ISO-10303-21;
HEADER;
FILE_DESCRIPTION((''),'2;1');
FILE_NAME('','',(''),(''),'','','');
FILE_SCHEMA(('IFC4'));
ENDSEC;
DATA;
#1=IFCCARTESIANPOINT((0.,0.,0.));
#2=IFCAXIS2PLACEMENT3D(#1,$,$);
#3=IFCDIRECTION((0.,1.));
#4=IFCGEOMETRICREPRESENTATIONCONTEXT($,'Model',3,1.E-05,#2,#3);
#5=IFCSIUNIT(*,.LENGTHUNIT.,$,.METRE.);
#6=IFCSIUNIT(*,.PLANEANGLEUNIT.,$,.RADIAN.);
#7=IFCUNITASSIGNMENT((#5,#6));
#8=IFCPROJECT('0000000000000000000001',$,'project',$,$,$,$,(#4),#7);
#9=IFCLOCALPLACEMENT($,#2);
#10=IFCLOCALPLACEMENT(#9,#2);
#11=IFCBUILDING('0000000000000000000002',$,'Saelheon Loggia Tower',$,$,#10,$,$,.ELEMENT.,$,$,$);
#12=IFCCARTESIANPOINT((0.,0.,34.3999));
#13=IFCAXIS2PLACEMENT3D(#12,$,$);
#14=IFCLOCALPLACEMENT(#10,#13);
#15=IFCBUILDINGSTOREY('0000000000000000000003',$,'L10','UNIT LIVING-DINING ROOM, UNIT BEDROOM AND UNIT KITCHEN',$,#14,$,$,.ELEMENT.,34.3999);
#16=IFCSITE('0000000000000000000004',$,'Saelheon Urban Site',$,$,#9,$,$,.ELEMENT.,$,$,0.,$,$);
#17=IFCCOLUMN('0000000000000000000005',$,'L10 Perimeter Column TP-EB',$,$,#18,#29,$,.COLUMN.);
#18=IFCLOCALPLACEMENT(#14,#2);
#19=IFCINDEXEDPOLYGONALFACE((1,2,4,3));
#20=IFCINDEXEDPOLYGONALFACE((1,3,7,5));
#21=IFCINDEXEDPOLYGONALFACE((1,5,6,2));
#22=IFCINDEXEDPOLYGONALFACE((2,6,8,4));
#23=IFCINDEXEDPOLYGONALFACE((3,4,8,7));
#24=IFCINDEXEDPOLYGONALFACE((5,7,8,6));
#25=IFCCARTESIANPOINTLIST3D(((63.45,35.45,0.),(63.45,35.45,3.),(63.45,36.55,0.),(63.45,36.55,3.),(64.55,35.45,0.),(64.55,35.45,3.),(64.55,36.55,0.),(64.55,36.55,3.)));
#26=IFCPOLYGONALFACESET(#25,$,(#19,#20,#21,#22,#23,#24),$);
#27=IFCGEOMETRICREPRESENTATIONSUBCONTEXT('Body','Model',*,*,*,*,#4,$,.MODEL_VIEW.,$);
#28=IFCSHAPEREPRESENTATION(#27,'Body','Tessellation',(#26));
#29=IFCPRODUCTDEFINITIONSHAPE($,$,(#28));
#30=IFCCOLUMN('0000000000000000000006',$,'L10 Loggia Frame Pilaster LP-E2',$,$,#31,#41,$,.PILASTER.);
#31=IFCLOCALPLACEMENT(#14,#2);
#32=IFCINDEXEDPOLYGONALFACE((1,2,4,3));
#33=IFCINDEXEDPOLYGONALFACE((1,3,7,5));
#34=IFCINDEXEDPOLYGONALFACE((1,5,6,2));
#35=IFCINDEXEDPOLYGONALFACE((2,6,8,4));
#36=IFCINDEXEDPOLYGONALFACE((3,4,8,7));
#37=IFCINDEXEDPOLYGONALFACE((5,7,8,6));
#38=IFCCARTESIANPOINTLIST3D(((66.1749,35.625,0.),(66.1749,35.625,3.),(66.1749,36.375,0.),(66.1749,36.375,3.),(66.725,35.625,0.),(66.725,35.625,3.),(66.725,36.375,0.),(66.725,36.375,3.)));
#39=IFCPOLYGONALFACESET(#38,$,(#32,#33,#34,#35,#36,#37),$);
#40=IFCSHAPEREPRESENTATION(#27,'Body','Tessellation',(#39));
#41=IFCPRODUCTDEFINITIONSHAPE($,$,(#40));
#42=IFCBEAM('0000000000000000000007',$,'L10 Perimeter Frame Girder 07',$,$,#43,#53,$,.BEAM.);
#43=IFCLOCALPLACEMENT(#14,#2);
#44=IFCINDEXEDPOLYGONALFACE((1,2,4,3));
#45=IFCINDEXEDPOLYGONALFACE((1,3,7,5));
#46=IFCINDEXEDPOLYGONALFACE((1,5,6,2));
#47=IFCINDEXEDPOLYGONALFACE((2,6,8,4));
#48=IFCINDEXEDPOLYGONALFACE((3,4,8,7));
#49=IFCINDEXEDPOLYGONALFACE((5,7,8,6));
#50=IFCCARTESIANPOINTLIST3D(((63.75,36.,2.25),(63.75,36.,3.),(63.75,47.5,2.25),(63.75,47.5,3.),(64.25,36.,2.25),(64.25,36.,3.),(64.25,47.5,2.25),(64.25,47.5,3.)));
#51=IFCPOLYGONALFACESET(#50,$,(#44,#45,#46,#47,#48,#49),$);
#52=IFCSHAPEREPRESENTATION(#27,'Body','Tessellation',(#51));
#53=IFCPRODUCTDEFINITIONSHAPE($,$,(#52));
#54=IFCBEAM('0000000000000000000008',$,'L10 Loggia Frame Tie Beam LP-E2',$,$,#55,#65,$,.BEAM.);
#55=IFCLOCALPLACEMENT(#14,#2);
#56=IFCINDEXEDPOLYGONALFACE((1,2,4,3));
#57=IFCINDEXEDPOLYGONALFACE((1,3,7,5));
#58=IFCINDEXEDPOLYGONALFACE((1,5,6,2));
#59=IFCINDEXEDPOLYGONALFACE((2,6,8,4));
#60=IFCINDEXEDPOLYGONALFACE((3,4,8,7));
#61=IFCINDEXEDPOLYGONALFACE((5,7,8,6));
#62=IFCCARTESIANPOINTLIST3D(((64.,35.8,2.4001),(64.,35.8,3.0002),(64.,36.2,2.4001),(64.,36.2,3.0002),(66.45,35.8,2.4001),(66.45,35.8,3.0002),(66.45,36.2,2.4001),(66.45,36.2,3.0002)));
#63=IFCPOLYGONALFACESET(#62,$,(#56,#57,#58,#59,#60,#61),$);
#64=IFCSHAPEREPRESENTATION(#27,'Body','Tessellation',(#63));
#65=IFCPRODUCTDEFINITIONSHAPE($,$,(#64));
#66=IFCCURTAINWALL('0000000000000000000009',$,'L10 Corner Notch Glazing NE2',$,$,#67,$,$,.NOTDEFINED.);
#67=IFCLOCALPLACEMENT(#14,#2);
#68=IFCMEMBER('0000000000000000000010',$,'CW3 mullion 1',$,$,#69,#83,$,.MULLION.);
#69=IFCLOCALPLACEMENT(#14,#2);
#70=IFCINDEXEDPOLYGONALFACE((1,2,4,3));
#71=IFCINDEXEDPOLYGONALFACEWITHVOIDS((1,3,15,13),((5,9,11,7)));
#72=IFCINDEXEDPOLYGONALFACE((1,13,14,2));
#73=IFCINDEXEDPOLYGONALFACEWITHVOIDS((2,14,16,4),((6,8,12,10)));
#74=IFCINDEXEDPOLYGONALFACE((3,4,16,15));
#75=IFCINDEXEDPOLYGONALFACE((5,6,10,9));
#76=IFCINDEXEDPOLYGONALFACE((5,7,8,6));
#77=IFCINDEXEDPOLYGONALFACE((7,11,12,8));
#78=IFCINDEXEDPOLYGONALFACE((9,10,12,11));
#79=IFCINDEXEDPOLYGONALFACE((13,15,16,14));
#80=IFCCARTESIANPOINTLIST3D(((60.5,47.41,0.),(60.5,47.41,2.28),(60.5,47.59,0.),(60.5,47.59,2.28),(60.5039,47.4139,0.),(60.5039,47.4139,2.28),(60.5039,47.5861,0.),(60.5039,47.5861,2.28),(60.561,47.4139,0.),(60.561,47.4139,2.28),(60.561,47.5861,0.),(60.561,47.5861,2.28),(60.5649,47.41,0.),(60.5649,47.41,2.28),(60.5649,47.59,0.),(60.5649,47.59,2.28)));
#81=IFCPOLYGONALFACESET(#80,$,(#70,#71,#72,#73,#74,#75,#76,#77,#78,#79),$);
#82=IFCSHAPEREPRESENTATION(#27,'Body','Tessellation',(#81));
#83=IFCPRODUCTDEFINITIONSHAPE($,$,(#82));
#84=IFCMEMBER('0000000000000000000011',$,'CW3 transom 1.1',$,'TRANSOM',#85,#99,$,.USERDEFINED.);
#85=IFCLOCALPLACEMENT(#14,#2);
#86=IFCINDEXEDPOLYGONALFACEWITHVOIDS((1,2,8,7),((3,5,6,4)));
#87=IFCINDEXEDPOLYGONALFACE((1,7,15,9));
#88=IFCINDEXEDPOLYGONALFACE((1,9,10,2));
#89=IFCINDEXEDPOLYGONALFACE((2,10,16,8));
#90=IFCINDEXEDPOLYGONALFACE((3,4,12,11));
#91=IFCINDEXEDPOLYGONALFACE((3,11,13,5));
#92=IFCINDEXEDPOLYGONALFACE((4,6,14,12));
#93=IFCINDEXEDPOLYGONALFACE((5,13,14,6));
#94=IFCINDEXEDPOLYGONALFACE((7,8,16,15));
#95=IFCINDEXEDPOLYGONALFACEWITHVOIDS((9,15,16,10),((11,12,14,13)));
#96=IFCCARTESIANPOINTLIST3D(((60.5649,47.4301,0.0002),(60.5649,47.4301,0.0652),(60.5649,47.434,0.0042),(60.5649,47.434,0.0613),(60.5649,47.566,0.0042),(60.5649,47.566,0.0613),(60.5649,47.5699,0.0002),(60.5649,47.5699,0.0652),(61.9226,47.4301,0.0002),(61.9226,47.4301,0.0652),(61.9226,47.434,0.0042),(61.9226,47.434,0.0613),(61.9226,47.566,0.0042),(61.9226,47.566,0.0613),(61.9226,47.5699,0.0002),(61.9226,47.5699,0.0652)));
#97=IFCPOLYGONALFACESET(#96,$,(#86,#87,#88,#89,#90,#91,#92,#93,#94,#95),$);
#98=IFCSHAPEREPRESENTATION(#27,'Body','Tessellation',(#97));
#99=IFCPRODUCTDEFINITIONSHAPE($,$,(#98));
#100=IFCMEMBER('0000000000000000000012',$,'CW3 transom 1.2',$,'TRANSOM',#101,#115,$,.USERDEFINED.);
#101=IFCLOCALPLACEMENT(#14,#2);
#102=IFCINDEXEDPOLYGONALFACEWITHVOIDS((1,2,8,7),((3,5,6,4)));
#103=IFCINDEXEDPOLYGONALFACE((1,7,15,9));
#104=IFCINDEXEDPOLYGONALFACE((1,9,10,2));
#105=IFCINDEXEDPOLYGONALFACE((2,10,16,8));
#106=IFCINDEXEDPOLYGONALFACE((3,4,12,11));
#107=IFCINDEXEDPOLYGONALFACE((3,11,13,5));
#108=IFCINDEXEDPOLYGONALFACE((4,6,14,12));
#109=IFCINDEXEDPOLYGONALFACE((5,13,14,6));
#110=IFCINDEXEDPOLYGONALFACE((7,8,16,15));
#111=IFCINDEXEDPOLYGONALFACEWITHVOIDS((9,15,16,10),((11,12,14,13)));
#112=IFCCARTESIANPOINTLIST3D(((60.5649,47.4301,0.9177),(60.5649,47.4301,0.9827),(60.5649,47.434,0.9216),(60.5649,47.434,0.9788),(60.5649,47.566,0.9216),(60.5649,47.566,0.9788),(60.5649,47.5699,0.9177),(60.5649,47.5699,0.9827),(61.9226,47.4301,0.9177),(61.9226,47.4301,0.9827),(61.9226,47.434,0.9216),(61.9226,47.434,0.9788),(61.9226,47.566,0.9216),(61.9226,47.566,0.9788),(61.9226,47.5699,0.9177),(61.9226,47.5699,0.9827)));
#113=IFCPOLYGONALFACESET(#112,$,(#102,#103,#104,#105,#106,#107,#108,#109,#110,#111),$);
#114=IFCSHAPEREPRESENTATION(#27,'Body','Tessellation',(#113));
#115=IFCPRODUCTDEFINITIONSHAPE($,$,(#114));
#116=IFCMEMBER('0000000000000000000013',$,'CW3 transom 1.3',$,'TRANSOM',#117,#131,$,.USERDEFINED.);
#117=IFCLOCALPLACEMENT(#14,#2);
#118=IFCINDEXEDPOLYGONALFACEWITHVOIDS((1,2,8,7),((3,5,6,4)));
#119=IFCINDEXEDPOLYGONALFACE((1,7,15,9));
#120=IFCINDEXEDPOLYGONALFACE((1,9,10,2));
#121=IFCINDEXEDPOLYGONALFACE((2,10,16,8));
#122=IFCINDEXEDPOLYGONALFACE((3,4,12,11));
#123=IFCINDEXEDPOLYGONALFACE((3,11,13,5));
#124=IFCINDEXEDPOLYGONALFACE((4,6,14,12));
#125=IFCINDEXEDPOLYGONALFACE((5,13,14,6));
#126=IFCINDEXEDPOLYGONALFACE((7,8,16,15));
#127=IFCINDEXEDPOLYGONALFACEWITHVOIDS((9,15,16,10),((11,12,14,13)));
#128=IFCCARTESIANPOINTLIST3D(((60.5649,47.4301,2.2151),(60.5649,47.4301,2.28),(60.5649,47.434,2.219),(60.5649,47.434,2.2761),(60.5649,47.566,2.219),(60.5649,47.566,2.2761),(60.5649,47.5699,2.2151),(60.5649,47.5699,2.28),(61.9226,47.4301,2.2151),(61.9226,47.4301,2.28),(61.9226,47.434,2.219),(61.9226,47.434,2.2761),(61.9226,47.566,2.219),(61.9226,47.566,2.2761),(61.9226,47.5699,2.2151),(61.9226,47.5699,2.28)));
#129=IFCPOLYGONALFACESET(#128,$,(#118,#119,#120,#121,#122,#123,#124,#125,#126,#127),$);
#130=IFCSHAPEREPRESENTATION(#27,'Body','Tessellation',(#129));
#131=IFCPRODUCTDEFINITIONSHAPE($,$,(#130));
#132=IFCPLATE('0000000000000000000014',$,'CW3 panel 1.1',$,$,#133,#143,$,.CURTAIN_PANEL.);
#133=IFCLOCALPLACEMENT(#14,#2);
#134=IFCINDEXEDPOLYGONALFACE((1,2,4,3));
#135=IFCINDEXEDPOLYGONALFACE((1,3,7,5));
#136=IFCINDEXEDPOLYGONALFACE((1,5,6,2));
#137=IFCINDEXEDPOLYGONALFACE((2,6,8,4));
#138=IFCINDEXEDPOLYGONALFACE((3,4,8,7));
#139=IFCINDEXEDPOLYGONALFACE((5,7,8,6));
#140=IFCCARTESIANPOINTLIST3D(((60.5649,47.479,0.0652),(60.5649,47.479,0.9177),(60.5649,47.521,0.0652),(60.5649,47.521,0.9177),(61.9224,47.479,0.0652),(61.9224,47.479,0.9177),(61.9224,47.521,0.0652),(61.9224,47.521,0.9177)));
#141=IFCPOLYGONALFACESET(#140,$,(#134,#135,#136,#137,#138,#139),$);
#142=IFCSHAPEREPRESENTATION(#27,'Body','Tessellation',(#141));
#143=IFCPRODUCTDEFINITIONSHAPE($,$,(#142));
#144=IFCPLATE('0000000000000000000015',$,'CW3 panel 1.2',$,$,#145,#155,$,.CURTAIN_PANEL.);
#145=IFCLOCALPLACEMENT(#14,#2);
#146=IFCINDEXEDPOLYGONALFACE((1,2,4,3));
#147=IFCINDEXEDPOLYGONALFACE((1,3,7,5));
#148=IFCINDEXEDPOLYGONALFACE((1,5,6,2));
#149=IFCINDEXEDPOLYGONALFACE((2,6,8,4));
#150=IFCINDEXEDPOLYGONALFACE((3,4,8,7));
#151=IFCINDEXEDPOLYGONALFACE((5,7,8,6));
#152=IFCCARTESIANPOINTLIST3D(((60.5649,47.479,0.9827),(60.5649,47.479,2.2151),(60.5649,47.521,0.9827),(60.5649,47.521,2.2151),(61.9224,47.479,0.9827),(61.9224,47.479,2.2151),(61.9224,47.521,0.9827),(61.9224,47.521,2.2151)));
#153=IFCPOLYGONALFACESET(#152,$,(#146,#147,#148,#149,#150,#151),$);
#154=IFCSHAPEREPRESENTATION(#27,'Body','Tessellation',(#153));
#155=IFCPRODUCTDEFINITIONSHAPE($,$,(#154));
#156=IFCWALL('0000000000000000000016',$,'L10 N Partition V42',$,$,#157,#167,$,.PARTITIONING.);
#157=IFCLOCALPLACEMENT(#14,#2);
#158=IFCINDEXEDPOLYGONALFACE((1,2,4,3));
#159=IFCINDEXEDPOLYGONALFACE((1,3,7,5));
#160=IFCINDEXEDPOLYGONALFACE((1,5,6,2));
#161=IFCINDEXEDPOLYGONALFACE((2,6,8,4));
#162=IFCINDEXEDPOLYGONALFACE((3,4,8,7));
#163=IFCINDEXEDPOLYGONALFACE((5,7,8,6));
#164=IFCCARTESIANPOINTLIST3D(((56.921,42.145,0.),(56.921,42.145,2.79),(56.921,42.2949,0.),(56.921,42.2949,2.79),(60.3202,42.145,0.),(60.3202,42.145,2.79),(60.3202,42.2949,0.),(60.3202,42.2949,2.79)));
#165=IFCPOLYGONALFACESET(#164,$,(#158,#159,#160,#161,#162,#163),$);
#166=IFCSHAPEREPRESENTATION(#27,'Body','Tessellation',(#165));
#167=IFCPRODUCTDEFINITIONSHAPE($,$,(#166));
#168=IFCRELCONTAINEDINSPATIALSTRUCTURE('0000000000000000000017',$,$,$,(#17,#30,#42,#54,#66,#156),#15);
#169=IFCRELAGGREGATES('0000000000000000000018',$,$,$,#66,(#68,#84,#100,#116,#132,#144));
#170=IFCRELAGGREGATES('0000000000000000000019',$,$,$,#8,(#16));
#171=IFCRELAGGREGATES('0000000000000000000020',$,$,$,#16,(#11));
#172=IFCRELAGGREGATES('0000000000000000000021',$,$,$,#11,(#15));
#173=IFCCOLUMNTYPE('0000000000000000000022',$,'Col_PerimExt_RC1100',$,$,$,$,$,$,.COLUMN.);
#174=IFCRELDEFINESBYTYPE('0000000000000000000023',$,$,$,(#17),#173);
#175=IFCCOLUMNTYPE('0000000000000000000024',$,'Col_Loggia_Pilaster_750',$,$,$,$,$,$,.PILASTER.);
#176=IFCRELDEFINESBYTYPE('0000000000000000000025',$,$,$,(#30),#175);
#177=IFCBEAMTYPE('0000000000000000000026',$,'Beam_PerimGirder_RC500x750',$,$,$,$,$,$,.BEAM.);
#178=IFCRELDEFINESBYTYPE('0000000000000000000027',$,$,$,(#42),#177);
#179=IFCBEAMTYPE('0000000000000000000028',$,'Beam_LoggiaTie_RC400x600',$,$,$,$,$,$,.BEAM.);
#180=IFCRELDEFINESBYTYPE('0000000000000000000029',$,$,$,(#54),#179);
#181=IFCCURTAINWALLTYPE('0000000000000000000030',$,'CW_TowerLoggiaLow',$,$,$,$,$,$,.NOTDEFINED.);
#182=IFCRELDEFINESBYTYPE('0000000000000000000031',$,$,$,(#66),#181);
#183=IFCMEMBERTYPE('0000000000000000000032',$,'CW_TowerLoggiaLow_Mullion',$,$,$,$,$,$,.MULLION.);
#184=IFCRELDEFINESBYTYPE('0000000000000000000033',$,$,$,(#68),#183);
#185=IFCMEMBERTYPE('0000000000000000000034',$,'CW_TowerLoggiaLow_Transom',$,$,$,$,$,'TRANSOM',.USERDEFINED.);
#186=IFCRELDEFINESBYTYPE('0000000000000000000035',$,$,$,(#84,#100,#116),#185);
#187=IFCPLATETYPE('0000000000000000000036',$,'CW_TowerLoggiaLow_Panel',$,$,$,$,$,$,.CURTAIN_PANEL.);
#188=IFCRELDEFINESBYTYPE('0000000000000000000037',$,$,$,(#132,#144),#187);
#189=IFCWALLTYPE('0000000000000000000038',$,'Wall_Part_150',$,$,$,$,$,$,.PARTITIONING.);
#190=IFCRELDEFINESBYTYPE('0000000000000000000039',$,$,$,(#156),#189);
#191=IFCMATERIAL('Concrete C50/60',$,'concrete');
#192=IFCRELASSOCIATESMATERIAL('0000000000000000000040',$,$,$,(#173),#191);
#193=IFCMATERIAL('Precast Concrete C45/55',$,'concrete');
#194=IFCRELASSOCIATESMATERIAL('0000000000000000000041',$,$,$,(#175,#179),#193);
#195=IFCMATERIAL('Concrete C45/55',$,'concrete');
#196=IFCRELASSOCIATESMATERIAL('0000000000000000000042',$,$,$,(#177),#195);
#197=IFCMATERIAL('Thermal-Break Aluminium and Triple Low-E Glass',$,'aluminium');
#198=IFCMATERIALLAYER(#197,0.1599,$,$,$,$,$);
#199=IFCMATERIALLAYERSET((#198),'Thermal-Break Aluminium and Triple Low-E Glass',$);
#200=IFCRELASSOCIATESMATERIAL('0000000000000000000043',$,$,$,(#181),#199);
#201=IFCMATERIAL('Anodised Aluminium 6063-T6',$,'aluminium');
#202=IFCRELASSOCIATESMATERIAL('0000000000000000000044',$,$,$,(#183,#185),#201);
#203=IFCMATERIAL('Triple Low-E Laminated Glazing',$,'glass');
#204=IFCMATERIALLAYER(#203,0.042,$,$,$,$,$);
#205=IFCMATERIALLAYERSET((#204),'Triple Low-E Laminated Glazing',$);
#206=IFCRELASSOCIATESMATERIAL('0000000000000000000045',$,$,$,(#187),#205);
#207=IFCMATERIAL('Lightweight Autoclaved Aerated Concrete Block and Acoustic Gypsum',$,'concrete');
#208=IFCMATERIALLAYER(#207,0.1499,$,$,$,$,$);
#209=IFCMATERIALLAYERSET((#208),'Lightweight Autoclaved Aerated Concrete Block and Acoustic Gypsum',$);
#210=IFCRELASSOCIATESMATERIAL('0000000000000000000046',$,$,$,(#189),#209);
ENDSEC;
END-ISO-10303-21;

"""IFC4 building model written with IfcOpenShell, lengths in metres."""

from ifc_helpers import new_model, si_unit, direction, frame, frame_2d, origin, origin_2d, place, context, subcontext, project, spatial, rectangle, hollow_rectangle, extrude, source, transform, mapped, material, layer, layer_set, material_profile, profile_set, type_object, element, aggregate, save


model = new_model("IFC4")

# Units and contexts
model_context = context("Model", 3, precision=1e-05, world=origin(), true_north=direction((0.0, 1.0)))
body_context = subcontext(model_context, "Body", "Model", "MODEL_VIEW")
ifc_project = project(units=[si_unit("LENGTHUNIT", "METRE"), si_unit("PLANEANGLEUNIT", "RADIAN")], contexts=[model_context])

# Site, building, storey
site_placement = place(None, origin())
site = spatial("IfcSite", under=ifc_project, at=site_placement, Name="Saelheon Urban Site", CompositionType="ELEMENT", RefElevation=0.0)
building_placement = place(site_placement, origin())
building = spatial("IfcBuilding", under=site, at=building_placement, Name="Saelheon Loggia Tower", CompositionType="ELEMENT")
storey_placement = place(building_placement, frame((0.0, 0.0, 34.3999)))
storey = spatial("IfcBuildingStorey", under=building, at=storey_placement, Name="L10", Description="UNIT LIVING-DINING ROOM, UNIT BEDROOM AND UNIT KITCHEN", CompositionType="ELEMENT", Elevation=34.3999)

# Columns
ifc_material_1 = material(Name="Concrete C50/60", Category="concrete")
ifc_material_profile_1 = material_profile(ifc_material_1, rectangle(XDim=1.1001, YDim=1.1001, at=origin_2d()), Name="RC-1100x1100")
ifc_profile_set_1 = profile_set([ifc_material_profile_1], Name="Concrete C50/60")
column_type_1 = type_object("IfcColumnType", Name="Col_PerimExt_RC1100", PredefinedType="COLUMN", material=ifc_profile_set_1)
shared_shape_1 = source(origin(), body_context, "Body", "SweptSolid", [
    extrude(rectangle(XDim=1.1001, YDim=1.1001, at=origin_2d()), origin(), (0.0, 0.0, 1.0), 3.0),
])
column_1_placement = place(storey_placement, frame((64.0, 36.0, 0.0), z_axis=(0.0, 0.0, 1.0), x_axis=(1.0, 0.0, 0.0)))
element("IfcColumn", 1, at=column_1_placement, inside=storey, type_object=column_type_1, Name="L10 Perimeter Column TP-EB", PredefinedType="COLUMN", context=body_context, shape_type="MappedRepresentation", body=[
    mapped(shared_shape_1, transform((0.0, 0.0, 0.0), scale=1.0)),
])
ifc_material_2 = material(Name="Precast Concrete C45/55", Category="concrete")
ifc_material_profile_2 = material_profile(ifc_material_2, rectangle(XDim=0.55, YDim=0.75, at=origin_2d()), Name="RC-550x750")
ifc_profile_set_2 = profile_set([ifc_material_profile_2], Name="Precast Concrete C45/55")
column_type_2 = type_object("IfcColumnType", Name="Col_Loggia_Pilaster_750", PredefinedType="PILASTER", material=ifc_profile_set_2)
shared_shape_2 = source(origin(), body_context, "Body", "SweptSolid", [
    extrude(rectangle(XDim=0.55, YDim=0.75, at=origin_2d()), origin(), (0.0, 0.0, 1.0), 3.0),
])
column_2_placement = place(storey_placement, frame((66.45, 36.0, 0.0), z_axis=(0.0, 0.0, 1.0), x_axis=(1.0, 0.0, 0.0)))
element("IfcColumn", 2, at=column_2_placement, inside=storey, type_object=column_type_2, Name="L10 Loggia Frame Pilaster LP-E2", PredefinedType="PILASTER", context=body_context, shape_type="MappedRepresentation", body=[
    mapped(shared_shape_2, transform((0.0, 0.0, 0.0), scale=1.0)),
])

# Beams
ifc_material_3 = material(Name="Concrete C45/55", Category="concrete")
ifc_material_profile_3 = material_profile(ifc_material_3, rectangle(XDim=0.5, YDim=0.75, at=origin_2d()), Name="RC-500x750")
ifc_profile_set_3 = profile_set([ifc_material_profile_3], Name="Concrete C45/55")
beam_type_1 = type_object("IfcBeamType", Name="Beam_PerimGirder_RC500x750", PredefinedType="BEAM", material=ifc_profile_set_3)
shared_shape_3 = source(origin(), body_context, "Body", "SweptSolid", [
    extrude(rectangle(XDim=0.5, YDim=0.75, at=origin_2d()), origin(), (0.0, 0.0, 1.0), 11.5),
])
beam_1_placement = place(storey_placement, frame((64.0, 36.0, 2.625), z_axis=(0.0, 1.0, 0.0), x_axis=(-1.0, 0.0, 0.0)))
element("IfcBeam", 3, at=beam_1_placement, inside=storey, type_object=beam_type_1, Name="L10 Perimeter Frame Girder 07", PredefinedType="BEAM", context=body_context, shape_type="MappedRepresentation", body=[
    mapped(shared_shape_3, transform((0.0, 0.0, 0.0), scale=1.0)),
])
ifc_material_profile_4 = material_profile(ifc_material_2, rectangle(XDim=0.3999, YDim=0.6001, at=origin_2d()), Name="RC-400x600")
ifc_profile_set_4 = profile_set([ifc_material_profile_4], Name="Precast Concrete C45/55")
beam_type_2 = type_object("IfcBeamType", Name="Beam_LoggiaTie_RC400x600", PredefinedType="BEAM", material=ifc_profile_set_4)
shared_shape_4 = source(origin(), body_context, "Body", "SweptSolid", [
    extrude(rectangle(XDim=0.3999, YDim=0.6001, at=origin_2d()), origin(), (0.0, 0.0, 1.0), 2.45),
])
beam_2_placement = place(storey_placement, frame((64.0, 36.0, 2.7002), z_axis=(1.0, 0.0, 0.0), x_axis=(0.0, 1.0, 0.0)))
element("IfcBeam", 4, at=beam_2_placement, inside=storey, type_object=beam_type_2, Name="L10 Loggia Frame Tie Beam LP-E2", PredefinedType="BEAM", context=body_context, shape_type="MappedRepresentation", body=[
    mapped(shared_shape_4, transform((0.0, 0.0, 0.0), scale=1.0)),
])

# Curtain wall, members, plates
ifc_material_4 = material(Name="Thermal-Break Aluminium and Triple Low-E Glass", Category="aluminium")
ifc_layer_1 = layer(ifc_material_4, 0.1599)
ifc_layer_set_1 = layer_set([ifc_layer_1], Name="Thermal-Break Aluminium and Triple Low-E Glass")
curtain_wall_type = type_object("IfcCurtainWallType", Name="CW_TowerLoggiaLow", PredefinedType="NOTDEFINED", material=ifc_layer_set_1)
curtain_wall_placement = place(storey_placement, origin())
curtain_wall = element("IfcCurtainWall", 5, at=curtain_wall_placement, inside=storey, type_object=curtain_wall_type, Name="L10 Corner Notch Glazing NE2", PredefinedType="NOTDEFINED")
ifc_material_5 = material(Name="Anodised Aluminium 6063-T6", Category="aluminium")
ifc_material_profile_5 = material_profile(ifc_material_5, hollow_rectangle(XDim=0.0649, YDim=0.1799, WallThickness=0.0039, at=origin_2d()), Name="RHS-180x65x4")
ifc_profile_set_5 = profile_set([ifc_material_profile_5], Name="Anodised Aluminium 6063-T6")
member_type_1 = type_object("IfcMemberType", Name="CW_TowerLoggiaLow_Mullion", PredefinedType="MULLION", material=ifc_profile_set_5)
shared_shape_5 = source(origin(), body_context, "Body", "SweptSolid", [
    extrude(hollow_rectangle(XDim=0.0649, YDim=0.1799, WallThickness=0.0039, at=origin_2d()), origin(), (0.0, 0.0, 1.0), 2.28),
])
member_1_placement = place(storey_placement, frame((60.5325, 47.5, 0.0), z_axis=(0.0, 0.0, 1.0), x_axis=(1.0, 0.0, 0.0)))
member_1 = element("IfcMember", 6, at=member_1_placement, type_object=member_type_1, Name="CW3 mullion 1", PredefinedType="MULLION", context=body_context, shape_type="MappedRepresentation", body=[
    mapped(shared_shape_5, transform((0.0, 0.0, 0.0), scale=1.0)),
])
ifc_material_profile_6 = material_profile(ifc_material_5, hollow_rectangle(XDim=0.0649, YDim=0.1399, WallThickness=0.0039, at=origin_2d()), Name="RHS-140x65x4")
ifc_profile_set_6 = profile_set([ifc_material_profile_6], Name="Anodised Aluminium 6063-T6")
member_type_2 = type_object("IfcMemberType", Name="CW_TowerLoggiaLow_Transom", ElementType="TRANSOM", PredefinedType="USERDEFINED", material=ifc_profile_set_6)
shared_shape_6 = source(origin(), body_context, "Body", "SweptSolid", [
    extrude(hollow_rectangle(XDim=0.0649, YDim=0.1399, WallThickness=0.0039, at=origin_2d()), origin(), (0.0, 0.0, 1.0), 1.3577),
])
member_2_placement = place(storey_placement, frame((60.5649, 47.5, 0.0327), z_axis=(1.0, 0.0, 0.0), x_axis=(0.0, 0.0, 1.0)))
member_2 = element("IfcMember", 7, at=member_2_placement, type_object=member_type_2, Name="CW3 transom 1.1", ObjectType="TRANSOM", PredefinedType="USERDEFINED", context=body_context, shape_type="MappedRepresentation", body=[
    mapped(shared_shape_6, transform((0.0, 0.0, 0.0), scale=1.0)),
])
member_3_placement = place(storey_placement, frame((60.5649, 47.5, 0.9502), z_axis=(1.0, 0.0, 0.0), x_axis=(0.0, 0.0, 1.0)))
member_3 = element("IfcMember", 8, at=member_3_placement, type_object=member_type_2, Name="CW3 transom 1.2", ObjectType="TRANSOM", PredefinedType="USERDEFINED", context=body_context, shape_type="MappedRepresentation", body=[
    mapped(shared_shape_6, transform((0.0, 0.0, 0.0), scale=1.0)),
])
member_4_placement = place(storey_placement, frame((60.5649, 47.5, 2.2476), z_axis=(1.0, 0.0, 0.0), x_axis=(0.0, 0.0, 1.0)))
member_4 = element("IfcMember", 9, at=member_4_placement, type_object=member_type_2, Name="CW3 transom 1.3", ObjectType="TRANSOM", PredefinedType="USERDEFINED", context=body_context, shape_type="MappedRepresentation", body=[
    mapped(shared_shape_6, transform((0.0, 0.0, 0.0), scale=1.0)),
])
ifc_material_6 = material(Name="Triple Low-E Laminated Glazing", Category="glass")
ifc_layer_2 = layer(ifc_material_6, 0.042)
ifc_layer_set_2 = layer_set([ifc_layer_2], Name="Triple Low-E Laminated Glazing")
plate_type = type_object("IfcPlateType", Name="CW_TowerLoggiaLow_Panel", PredefinedType="CURTAIN_PANEL", material=ifc_layer_set_2)
shared_shape_7 = source(origin(), body_context, "Body", "SweptSolid", [
    extrude(rectangle(XDim=1.3574, YDim=0.042, at=origin_2d()), origin(), (0.0, 0.0, 1.0), 0.8525),
])
plate_1_placement = place(storey_placement, frame((61.2437, 47.5, 0.0652), z_axis=(0.0, 0.0, 1.0), x_axis=(1.0, 0.0, 0.0)))
plate_1 = element("IfcPlate", 10, at=plate_1_placement, type_object=plate_type, Name="CW3 panel 1.1", PredefinedType="CURTAIN_PANEL", context=body_context, shape_type="MappedRepresentation", body=[
    mapped(shared_shape_7, transform((0.0, 0.0, 0.0), scale=1.0)),
])
shared_shape_8 = source(origin(), body_context, "Body", "SweptSolid", [
    extrude(rectangle(XDim=1.3574, YDim=0.042, at=origin_2d()), origin(), (0.0, 0.0, 1.0), 1.2324),
])
plate_2_placement = place(storey_placement, frame((61.2437, 47.5, 0.9827), z_axis=(0.0, 0.0, 1.0), x_axis=(1.0, 0.0, 0.0)))
plate_2 = element("IfcPlate", 11, at=plate_2_placement, type_object=plate_type, Name="CW3 panel 1.2", PredefinedType="CURTAIN_PANEL", context=body_context, shape_type="MappedRepresentation", body=[
    mapped(shared_shape_8, transform((0.0, 0.0, 0.0), scale=1.0)),
])
aggregate(curtain_wall, [member_1, member_2, member_3, member_4, plate_1, plate_2])

# Wall
ifc_material_7 = material(Name="Lightweight Autoclaved Aerated Concrete Block and Acoustic Gypsum", Category="concrete")
ifc_layer_3 = layer(ifc_material_7, 0.1499)
ifc_layer_set_3 = layer_set([ifc_layer_3], Name="Lightweight Autoclaved Aerated Concrete Block and Acoustic Gypsum")
wall_type_1 = type_object("IfcWallType", Name="Wall_Part_150", PredefinedType="PARTITIONING", material=ifc_layer_set_3)
wall_1_placement = place(storey_placement, frame((56.9209, 42.22, 0.0), z_axis=(0.0, 0.0, 1.0), x_axis=(1.0, 0.0, 0.0)))
element("IfcWall", 12, at=wall_1_placement, inside=storey, type_object=wall_type_1, Name="L10 N Partition V42", PredefinedType="PARTITIONING", context=body_context, shape_type="SweptSolid", body=[
    extrude(rectangle(XDim=3.3992, YDim=0.1499, at=frame_2d((1.6997, 0.0))), origin(), (0.0, 0.0, 1.0), 2.79),
])

save(model, "model.ifc")
